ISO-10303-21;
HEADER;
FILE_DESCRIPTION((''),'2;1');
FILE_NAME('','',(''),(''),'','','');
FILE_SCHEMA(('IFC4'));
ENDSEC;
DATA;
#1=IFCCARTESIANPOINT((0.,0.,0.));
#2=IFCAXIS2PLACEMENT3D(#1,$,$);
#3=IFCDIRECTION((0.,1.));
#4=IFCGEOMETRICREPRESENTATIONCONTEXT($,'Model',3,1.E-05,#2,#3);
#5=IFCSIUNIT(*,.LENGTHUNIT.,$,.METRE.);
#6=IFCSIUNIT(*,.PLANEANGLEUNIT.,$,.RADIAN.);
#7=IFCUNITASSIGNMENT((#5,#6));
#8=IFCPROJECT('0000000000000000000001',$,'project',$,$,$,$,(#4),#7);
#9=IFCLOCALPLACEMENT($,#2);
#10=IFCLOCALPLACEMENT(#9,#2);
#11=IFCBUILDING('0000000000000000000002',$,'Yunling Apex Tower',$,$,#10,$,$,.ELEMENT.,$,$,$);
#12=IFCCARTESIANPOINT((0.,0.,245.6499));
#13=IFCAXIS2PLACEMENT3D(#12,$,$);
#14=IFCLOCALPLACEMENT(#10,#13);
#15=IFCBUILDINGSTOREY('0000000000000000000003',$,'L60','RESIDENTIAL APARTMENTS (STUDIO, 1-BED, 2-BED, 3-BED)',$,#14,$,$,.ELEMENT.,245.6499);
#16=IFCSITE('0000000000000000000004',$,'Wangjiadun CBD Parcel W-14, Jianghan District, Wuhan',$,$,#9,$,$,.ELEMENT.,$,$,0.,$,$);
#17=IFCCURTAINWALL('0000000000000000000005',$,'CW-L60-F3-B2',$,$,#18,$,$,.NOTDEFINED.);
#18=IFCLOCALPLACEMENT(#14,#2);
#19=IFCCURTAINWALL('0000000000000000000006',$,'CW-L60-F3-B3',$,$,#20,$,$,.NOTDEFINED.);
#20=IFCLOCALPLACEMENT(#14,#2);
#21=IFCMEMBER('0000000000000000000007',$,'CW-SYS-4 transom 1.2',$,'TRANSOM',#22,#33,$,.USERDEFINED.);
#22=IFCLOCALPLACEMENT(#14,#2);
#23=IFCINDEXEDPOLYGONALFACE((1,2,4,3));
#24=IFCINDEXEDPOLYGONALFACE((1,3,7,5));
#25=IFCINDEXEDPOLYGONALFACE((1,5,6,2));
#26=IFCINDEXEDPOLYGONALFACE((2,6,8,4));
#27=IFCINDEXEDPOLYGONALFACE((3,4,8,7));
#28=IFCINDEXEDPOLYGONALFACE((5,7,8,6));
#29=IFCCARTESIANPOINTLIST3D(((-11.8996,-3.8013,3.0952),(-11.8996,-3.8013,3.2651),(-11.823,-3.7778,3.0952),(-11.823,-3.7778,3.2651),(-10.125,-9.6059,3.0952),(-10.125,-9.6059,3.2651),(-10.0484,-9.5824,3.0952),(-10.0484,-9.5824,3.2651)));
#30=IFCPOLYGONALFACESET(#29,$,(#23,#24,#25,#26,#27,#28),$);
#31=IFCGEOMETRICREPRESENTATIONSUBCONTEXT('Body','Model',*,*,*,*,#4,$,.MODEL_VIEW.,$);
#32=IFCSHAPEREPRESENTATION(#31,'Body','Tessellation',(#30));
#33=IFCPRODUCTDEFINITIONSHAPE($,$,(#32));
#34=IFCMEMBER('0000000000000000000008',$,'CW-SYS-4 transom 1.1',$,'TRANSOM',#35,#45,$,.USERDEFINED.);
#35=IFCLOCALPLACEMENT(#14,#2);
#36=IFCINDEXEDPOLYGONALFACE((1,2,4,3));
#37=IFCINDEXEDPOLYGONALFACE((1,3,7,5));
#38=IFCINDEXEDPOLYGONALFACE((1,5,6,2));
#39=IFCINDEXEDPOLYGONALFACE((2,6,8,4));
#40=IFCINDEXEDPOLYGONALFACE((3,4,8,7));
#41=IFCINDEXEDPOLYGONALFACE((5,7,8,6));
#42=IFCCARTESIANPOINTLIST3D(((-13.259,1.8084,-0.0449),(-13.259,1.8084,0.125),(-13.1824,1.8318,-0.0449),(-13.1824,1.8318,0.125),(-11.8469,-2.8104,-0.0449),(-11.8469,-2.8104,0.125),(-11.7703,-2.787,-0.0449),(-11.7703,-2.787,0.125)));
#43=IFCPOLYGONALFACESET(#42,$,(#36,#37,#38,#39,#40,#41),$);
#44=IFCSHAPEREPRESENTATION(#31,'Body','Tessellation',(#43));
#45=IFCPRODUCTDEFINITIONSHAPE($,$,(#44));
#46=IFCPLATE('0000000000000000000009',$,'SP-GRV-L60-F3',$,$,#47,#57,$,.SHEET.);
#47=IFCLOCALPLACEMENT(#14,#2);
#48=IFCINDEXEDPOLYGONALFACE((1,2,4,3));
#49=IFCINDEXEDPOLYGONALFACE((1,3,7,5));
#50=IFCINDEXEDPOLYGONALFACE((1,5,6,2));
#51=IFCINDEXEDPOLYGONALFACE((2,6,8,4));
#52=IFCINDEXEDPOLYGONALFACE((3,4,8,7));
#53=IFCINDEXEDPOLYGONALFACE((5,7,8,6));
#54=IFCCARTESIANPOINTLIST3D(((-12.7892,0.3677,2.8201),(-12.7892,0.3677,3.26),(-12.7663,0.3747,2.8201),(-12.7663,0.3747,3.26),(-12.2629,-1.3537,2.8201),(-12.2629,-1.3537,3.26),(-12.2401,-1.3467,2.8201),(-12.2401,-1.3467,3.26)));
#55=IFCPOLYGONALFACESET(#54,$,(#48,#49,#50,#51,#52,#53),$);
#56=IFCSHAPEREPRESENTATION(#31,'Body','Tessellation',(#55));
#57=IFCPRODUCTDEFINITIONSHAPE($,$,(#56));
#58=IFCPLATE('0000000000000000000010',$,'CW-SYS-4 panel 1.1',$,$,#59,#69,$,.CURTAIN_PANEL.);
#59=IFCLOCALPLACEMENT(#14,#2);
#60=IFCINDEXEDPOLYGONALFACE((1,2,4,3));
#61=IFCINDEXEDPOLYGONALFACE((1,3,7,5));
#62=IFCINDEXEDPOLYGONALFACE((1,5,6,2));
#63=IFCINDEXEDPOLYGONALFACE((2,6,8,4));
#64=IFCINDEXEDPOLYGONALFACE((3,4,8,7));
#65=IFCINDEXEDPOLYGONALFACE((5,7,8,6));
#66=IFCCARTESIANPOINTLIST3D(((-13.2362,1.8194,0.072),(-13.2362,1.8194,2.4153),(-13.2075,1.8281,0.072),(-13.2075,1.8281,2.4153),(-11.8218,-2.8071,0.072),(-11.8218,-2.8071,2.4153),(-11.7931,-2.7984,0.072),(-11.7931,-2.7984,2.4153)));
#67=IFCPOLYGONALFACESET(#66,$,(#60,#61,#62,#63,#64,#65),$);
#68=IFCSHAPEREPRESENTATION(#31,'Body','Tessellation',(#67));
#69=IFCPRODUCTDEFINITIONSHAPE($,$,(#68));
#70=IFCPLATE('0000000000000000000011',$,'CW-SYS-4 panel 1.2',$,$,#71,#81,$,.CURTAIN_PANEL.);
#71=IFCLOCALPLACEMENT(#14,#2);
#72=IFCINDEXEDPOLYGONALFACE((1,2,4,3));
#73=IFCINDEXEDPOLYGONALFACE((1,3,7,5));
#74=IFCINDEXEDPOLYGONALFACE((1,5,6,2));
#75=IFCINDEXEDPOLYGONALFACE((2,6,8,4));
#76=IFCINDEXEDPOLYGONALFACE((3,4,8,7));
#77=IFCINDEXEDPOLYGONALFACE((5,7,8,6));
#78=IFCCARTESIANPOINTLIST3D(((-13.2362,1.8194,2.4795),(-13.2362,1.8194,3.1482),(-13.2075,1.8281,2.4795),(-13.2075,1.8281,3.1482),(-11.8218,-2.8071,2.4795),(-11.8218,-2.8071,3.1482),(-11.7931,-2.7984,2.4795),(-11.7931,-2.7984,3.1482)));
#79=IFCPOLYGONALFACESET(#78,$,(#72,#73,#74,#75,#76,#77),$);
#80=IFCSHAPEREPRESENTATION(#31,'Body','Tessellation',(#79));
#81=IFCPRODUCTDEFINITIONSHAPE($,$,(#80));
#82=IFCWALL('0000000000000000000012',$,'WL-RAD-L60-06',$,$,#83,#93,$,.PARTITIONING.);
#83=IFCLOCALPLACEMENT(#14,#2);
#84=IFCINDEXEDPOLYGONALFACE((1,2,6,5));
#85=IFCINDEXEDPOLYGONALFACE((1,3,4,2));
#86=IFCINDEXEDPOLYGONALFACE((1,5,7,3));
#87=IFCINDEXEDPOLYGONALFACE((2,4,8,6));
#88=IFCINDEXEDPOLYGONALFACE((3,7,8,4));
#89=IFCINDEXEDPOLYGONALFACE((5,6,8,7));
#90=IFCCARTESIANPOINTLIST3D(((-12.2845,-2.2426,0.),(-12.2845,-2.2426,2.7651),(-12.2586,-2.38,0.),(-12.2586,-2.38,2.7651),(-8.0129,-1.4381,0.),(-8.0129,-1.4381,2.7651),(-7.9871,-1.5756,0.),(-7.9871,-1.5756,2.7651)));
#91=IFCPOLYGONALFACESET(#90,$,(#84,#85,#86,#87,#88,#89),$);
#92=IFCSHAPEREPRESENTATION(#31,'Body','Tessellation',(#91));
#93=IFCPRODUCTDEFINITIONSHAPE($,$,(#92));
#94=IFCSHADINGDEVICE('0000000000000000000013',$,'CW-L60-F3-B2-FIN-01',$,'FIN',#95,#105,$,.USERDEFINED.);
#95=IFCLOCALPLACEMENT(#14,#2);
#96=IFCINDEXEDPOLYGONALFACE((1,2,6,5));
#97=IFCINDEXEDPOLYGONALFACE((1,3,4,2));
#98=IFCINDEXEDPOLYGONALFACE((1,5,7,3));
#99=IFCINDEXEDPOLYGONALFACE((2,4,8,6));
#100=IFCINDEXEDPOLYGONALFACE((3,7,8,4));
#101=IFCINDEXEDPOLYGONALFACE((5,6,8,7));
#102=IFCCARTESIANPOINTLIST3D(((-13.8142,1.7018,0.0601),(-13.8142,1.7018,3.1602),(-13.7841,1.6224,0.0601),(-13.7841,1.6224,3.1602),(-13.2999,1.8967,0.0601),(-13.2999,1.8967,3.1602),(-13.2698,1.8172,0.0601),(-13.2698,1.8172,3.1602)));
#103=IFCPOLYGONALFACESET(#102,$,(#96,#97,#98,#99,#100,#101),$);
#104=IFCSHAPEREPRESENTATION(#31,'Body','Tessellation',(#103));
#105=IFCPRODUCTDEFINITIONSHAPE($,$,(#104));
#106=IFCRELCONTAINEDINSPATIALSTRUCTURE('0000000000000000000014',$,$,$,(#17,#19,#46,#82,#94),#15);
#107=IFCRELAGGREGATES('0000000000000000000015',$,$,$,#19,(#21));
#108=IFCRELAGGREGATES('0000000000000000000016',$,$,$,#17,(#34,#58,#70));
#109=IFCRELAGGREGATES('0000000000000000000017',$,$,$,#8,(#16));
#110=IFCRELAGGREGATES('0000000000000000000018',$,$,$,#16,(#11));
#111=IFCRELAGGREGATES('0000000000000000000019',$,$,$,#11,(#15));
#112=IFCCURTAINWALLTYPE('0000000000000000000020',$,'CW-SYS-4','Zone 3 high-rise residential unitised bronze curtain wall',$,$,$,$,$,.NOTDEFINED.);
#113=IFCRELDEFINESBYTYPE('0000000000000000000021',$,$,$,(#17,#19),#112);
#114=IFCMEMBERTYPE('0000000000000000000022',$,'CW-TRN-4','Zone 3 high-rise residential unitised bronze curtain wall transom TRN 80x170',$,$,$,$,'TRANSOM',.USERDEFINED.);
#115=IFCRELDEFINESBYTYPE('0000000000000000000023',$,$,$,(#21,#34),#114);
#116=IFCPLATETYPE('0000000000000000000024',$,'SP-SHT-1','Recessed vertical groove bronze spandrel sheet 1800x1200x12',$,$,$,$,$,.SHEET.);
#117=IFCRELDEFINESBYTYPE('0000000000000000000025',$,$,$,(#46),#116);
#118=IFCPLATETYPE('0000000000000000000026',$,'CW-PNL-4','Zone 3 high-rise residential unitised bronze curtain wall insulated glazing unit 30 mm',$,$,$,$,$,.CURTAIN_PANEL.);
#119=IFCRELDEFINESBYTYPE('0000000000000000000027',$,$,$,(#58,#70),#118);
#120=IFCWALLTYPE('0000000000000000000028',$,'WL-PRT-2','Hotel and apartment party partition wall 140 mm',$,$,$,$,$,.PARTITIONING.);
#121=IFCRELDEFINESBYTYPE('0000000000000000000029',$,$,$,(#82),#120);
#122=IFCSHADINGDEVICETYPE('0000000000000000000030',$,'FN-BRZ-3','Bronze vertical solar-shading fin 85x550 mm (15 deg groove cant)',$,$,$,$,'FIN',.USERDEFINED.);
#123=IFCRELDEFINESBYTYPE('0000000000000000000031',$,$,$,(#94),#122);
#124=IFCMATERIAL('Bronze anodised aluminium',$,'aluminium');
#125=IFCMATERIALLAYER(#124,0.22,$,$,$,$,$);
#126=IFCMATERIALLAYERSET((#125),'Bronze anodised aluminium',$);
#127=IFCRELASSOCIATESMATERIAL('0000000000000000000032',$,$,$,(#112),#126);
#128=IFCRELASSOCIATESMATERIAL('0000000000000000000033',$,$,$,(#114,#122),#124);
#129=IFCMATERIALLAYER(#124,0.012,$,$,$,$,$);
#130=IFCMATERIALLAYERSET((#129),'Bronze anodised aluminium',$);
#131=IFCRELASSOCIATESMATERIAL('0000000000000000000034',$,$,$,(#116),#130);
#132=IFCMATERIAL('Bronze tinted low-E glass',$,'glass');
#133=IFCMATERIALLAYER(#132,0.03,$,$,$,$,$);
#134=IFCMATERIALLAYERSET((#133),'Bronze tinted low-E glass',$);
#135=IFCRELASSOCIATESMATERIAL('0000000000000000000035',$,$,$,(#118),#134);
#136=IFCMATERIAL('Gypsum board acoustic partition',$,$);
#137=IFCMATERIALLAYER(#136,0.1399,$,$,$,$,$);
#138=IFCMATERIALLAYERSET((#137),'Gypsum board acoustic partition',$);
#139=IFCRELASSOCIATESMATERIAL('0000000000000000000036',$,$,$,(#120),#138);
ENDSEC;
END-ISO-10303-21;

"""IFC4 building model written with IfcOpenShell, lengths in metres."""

from ifc_helpers import new_model, si_unit, direction, frame, frame_2d, origin, origin_2d, place, context, subcontext, project, spatial, rectangle, extrude, source, transform, mapped, material, layer, layer_set, material_profile, profile_set, type_object, element, aggregate, save


model = new_model("IFC4")

# Units and contexts
model_context = context("Model", 3, precision=1e-05, world=origin(), true_north=direction((0.0, 1.0)))
body_context = subcontext(model_context, "Body", "Model", "MODEL_VIEW")
ifc_project = project(units=[si_unit("LENGTHUNIT", "METRE"), si_unit("PLANEANGLEUNIT", "RADIAN")], contexts=[model_context])

# Site, building, storey
site_placement = place(None, origin())
site = spatial("IfcSite", under=ifc_project, at=site_placement, Name="Wangjiadun CBD Parcel W-14, Jianghan District, Wuhan", CompositionType="ELEMENT", RefElevation=0.0)
building_placement = place(site_placement, origin())
building = spatial("IfcBuilding", under=site, at=building_placement, Name="Yunling Apex Tower", CompositionType="ELEMENT")
storey_placement = place(building_placement, frame((0.0, 0.0, 245.6499)))
storey = spatial("IfcBuildingStorey", under=building, at=storey_placement, Name="L60", Description="RESIDENTIAL APARTMENTS (STUDIO, 1-BED, 2-BED, 3-BED)", CompositionType="ELEMENT", Elevation=245.6499)

# Curtain wall
ifc_material_1 = material(Name="Bronze anodised aluminium", Category="aluminium")
ifc_layer_1 = layer(ifc_material_1, 0.22)
ifc_layer_set_1 = layer_set([ifc_layer_1], Name="Bronze anodised aluminium")
curtain_wall_type = type_object("IfcCurtainWallType", Name="CW-SYS-4", Description="Zone 3 high-rise residential unitised bronze curtain wall", PredefinedType="NOTDEFINED", material=ifc_layer_set_1)
curtain_wall_1_placement = place(storey_placement, origin())
curtain_wall_1 = element("IfcCurtainWall", 1, at=curtain_wall_1_placement, inside=storey, type_object=curtain_wall_type, Name="CW-L60-F3-B2", PredefinedType="NOTDEFINED")

# Curtain wall, member
curtain_wall_2_placement = place(storey_placement, origin())
curtain_wall_2 = element("IfcCurtainWall", 2, at=curtain_wall_2_placement, inside=storey, type_object=curtain_wall_type, Name="CW-L60-F3-B3", PredefinedType="NOTDEFINED")
ifc_material_profile_1 = material_profile(ifc_material_1, rectangle(XDim=0.0801, YDim=0.1699, at=origin_2d()))
ifc_profile_set_1 = profile_set([ifc_material_profile_1], Name="Bronze anodised aluminium")
member_type_1 = type_object("IfcMemberType", Name="CW-TRN-4", Description="Zone 3 high-rise residential unitised bronze curtain wall transom TRN 80x170", ElementType="TRANSOM", PredefinedType="USERDEFINED", material=ifc_profile_set_1)
shared_shape_1 = source(origin(), body_context, "Body", "SweptSolid", [
    extrude(rectangle(XDim=0.0801, YDim=0.1699, at=origin_2d()), origin(), (0.0, 0.0, 1.0), 6.0698),
])
member_1_placement = place(storey_placement, frame((-11.8613, -3.7896, 3.1802), z_axis=(0.29237, -0.956305, 0.0), x_axis=(0.956305, 0.29237, 0.0)))
member_1 = element("IfcMember", 3, at=member_1_placement, type_object=member_type_1, Name="CW-SYS-4 transom 1.2", ObjectType="TRANSOM", PredefinedType="USERDEFINED", context=body_context, shape_type="MappedRepresentation", body=[
    mapped(shared_shape_1, transform((0.0, 0.0, 0.0), scale=1.0)),
])
aggregate(curtain_wall_2, [member_1])

# Member
shared_shape_2 = source(origin(), body_context, "Body", "SweptSolid", [
    extrude(rectangle(XDim=0.0801, YDim=0.1699, at=origin_2d()), origin(), (0.0, 0.0, 1.0), 4.8298),
])
member_2_placement = place(storey_placement, frame((-13.2207, 1.8201, 0.04), z_axis=(0.292366, -0.956306, 0.0), x_axis=(0.956306, 0.292366, 0.0)))
member_2 = element("IfcMember", 4, at=member_2_placement, type_object=member_type_1, Name="CW-SYS-4 transom 1.1", ObjectType="TRANSOM", PredefinedType="USERDEFINED", context=body_context, shape_type="MappedRepresentation", body=[
    mapped(shared_shape_2, transform((0.0, 0.0, 0.0), scale=1.0)),
])

# Plates
ifc_layer_2 = layer(ifc_material_1, 0.012)
ifc_layer_set_2 = layer_set([ifc_layer_2], Name="Bronze anodised aluminium")
plate_type_1 = type_object("IfcPlateType", Name="SP-SHT-1", Description="Recessed vertical groove bronze spandrel sheet 1800x1200x12", PredefinedType="SHEET", material=ifc_layer_set_2)
shared_shape_3 = source(origin(), body_context, "Body", "SweptSolid", [
    extrude(rectangle(XDim=1.8, YDim=0.0239, at=origin_2d()), origin(), (0.0, 0.0, 1.0), 0.4399),
])
plate_1_placement = place(storey_placement, frame((-12.5146, -0.4895, 2.8201), z_axis=(0.0, 0.0, 1.0), x_axis=(0.292372, -0.956305, 0.0)))
element("IfcPlate", 5, at=plate_1_placement, inside=storey, type_object=plate_type_1, Name="SP-GRV-L60-F3", PredefinedType="SHEET", context=body_context, shape_type="MappedRepresentation", body=[
    mapped(shared_shape_3, transform((0.0, 0.0, 0.0), scale=1.0)),
])
ifc_material_2 = material(Name="Bronze tinted low-E glass", Category="glass")
ifc_layer_3 = layer(ifc_material_2, 0.03)
ifc_layer_set_3 = layer_set([ifc_layer_3], Name="Bronze tinted low-E glass")
plate_type_2 = type_object("IfcPlateType", Name="CW-PNL-4", Description="Zone 3 high-rise residential unitised bronze curtain wall insulated glazing unit 30 mm", PredefinedType="CURTAIN_PANEL", material=ifc_layer_set_3)
shared_shape_4 = source(origin(), body_context, "Body", "SweptSolid", [
    extrude(rectangle(XDim=4.8379, YDim=0.03, at=origin_2d()), origin(), (0.0, 0.0, 1.0), 2.3433),
])
plate_2_placement = place(storey_placement, frame((-12.5146, -0.4895, 0.072), z_axis=(0.0, 0.0, 1.0), x_axis=(0.292373, -0.956304, 0.0)))
plate_2 = element("IfcPlate", 6, at=plate_2_placement, type_object=plate_type_2, Name="CW-SYS-4 panel 1.1", PredefinedType="CURTAIN_PANEL", context=body_context, shape_type="MappedRepresentation", body=[
    mapped(shared_shape_4, transform((0.0, 0.0, 0.0), scale=1.0)),
])
shared_shape_5 = source(origin(), body_context, "Body", "SweptSolid", [
    extrude(rectangle(XDim=4.8379, YDim=0.03, at=origin_2d()), origin(), (0.0, 0.0, 1.0), 0.6687),
])
plate_3_placement = place(storey_placement, frame((-12.5146, -0.4895, 2.4795), z_axis=(0.0, 0.0, 1.0), x_axis=(0.292373, -0.956304, 0.0)))
plate_3 = element("IfcPlate", 7, at=plate_3_placement, type_object=plate_type_2, Name="CW-SYS-4 panel 1.2", PredefinedType="CURTAIN_PANEL", context=body_context, shape_type="MappedRepresentation", body=[
    mapped(shared_shape_5, transform((0.0, 0.0, 0.0), scale=1.0)),
])
aggregate(curtain_wall_1, [member_2, plate_2, plate_3])

# Wall
ifc_material_3 = material(Name="Gypsum board acoustic partition")
ifc_layer_4 = layer(ifc_material_3, 0.1399)
ifc_layer_set_4 = layer_set([ifc_layer_4], Name="Gypsum board acoustic partition")
wall_type = type_object("IfcWallType", Name="WL-PRT-2", Description="Hotel and apartment party partition wall 140 mm", PredefinedType="PARTITIONING", material=ifc_layer_set_4)
wall_placement = place(storey_placement, frame((-8.0, -1.5068, 0.0), z_axis=(0.0, 0.0, 1.0), x_axis=(-0.982724, -0.185075, 0.0)))
element("IfcWall", 8, at=wall_placement, inside=storey, type_object=wall_type, Name="WL-RAD-L60-06", PredefinedType="PARTITIONING", context=body_context, shape_type="SweptSolid", body=[
    extrude(rectangle(XDim=4.3467, YDim=0.1399, at=frame_2d((2.1733, 0.0))), origin(), (0.0, 0.0, 1.0), 2.7651),
])

# Shading device
ifc_material_profile_2 = material_profile(ifc_material_1, rectangle(XDim=0.085, YDim=0.55, at=origin_2d()))
ifc_profile_set_2 = profile_set([ifc_material_profile_2], Name="Bronze anodised aluminium")
shading_device_type = type_object("IfcShadingDeviceType", Name="FN-BRZ-3", Description="Bronze vertical solar-shading fin 85x550 mm (15 deg groove cant)", ElementType="FIN", PredefinedType="USERDEFINED", material=ifc_profile_set_2)
shared_shape_6 = source(origin(), body_context, "Body", "SweptSolid", [
    extrude(rectangle(XDim=0.085, YDim=0.55, at=origin_2d()), origin(), (0.0, 0.0, 1.0), 3.1001),
])
shading_device_placement = place(storey_placement, frame((-13.542, 1.7595, 0.0601), z_axis=(0.0, 0.0, 1.0), x_axis=(0.354291, -0.935135, 0.0)))
element("IfcShadingDevice", 9, at=shading_device_placement, inside=storey, type_object=shading_device_type, Name="CW-L60-F3-B2-FIN-01", ObjectType="FIN", PredefinedType="USERDEFINED", context=body_context, shape_type="MappedRepresentation", body=[
    mapped(shared_shape_6, transform((0.0, 0.0, 0.0), scale=1.0)),
])

save(model, "model.ifc")
